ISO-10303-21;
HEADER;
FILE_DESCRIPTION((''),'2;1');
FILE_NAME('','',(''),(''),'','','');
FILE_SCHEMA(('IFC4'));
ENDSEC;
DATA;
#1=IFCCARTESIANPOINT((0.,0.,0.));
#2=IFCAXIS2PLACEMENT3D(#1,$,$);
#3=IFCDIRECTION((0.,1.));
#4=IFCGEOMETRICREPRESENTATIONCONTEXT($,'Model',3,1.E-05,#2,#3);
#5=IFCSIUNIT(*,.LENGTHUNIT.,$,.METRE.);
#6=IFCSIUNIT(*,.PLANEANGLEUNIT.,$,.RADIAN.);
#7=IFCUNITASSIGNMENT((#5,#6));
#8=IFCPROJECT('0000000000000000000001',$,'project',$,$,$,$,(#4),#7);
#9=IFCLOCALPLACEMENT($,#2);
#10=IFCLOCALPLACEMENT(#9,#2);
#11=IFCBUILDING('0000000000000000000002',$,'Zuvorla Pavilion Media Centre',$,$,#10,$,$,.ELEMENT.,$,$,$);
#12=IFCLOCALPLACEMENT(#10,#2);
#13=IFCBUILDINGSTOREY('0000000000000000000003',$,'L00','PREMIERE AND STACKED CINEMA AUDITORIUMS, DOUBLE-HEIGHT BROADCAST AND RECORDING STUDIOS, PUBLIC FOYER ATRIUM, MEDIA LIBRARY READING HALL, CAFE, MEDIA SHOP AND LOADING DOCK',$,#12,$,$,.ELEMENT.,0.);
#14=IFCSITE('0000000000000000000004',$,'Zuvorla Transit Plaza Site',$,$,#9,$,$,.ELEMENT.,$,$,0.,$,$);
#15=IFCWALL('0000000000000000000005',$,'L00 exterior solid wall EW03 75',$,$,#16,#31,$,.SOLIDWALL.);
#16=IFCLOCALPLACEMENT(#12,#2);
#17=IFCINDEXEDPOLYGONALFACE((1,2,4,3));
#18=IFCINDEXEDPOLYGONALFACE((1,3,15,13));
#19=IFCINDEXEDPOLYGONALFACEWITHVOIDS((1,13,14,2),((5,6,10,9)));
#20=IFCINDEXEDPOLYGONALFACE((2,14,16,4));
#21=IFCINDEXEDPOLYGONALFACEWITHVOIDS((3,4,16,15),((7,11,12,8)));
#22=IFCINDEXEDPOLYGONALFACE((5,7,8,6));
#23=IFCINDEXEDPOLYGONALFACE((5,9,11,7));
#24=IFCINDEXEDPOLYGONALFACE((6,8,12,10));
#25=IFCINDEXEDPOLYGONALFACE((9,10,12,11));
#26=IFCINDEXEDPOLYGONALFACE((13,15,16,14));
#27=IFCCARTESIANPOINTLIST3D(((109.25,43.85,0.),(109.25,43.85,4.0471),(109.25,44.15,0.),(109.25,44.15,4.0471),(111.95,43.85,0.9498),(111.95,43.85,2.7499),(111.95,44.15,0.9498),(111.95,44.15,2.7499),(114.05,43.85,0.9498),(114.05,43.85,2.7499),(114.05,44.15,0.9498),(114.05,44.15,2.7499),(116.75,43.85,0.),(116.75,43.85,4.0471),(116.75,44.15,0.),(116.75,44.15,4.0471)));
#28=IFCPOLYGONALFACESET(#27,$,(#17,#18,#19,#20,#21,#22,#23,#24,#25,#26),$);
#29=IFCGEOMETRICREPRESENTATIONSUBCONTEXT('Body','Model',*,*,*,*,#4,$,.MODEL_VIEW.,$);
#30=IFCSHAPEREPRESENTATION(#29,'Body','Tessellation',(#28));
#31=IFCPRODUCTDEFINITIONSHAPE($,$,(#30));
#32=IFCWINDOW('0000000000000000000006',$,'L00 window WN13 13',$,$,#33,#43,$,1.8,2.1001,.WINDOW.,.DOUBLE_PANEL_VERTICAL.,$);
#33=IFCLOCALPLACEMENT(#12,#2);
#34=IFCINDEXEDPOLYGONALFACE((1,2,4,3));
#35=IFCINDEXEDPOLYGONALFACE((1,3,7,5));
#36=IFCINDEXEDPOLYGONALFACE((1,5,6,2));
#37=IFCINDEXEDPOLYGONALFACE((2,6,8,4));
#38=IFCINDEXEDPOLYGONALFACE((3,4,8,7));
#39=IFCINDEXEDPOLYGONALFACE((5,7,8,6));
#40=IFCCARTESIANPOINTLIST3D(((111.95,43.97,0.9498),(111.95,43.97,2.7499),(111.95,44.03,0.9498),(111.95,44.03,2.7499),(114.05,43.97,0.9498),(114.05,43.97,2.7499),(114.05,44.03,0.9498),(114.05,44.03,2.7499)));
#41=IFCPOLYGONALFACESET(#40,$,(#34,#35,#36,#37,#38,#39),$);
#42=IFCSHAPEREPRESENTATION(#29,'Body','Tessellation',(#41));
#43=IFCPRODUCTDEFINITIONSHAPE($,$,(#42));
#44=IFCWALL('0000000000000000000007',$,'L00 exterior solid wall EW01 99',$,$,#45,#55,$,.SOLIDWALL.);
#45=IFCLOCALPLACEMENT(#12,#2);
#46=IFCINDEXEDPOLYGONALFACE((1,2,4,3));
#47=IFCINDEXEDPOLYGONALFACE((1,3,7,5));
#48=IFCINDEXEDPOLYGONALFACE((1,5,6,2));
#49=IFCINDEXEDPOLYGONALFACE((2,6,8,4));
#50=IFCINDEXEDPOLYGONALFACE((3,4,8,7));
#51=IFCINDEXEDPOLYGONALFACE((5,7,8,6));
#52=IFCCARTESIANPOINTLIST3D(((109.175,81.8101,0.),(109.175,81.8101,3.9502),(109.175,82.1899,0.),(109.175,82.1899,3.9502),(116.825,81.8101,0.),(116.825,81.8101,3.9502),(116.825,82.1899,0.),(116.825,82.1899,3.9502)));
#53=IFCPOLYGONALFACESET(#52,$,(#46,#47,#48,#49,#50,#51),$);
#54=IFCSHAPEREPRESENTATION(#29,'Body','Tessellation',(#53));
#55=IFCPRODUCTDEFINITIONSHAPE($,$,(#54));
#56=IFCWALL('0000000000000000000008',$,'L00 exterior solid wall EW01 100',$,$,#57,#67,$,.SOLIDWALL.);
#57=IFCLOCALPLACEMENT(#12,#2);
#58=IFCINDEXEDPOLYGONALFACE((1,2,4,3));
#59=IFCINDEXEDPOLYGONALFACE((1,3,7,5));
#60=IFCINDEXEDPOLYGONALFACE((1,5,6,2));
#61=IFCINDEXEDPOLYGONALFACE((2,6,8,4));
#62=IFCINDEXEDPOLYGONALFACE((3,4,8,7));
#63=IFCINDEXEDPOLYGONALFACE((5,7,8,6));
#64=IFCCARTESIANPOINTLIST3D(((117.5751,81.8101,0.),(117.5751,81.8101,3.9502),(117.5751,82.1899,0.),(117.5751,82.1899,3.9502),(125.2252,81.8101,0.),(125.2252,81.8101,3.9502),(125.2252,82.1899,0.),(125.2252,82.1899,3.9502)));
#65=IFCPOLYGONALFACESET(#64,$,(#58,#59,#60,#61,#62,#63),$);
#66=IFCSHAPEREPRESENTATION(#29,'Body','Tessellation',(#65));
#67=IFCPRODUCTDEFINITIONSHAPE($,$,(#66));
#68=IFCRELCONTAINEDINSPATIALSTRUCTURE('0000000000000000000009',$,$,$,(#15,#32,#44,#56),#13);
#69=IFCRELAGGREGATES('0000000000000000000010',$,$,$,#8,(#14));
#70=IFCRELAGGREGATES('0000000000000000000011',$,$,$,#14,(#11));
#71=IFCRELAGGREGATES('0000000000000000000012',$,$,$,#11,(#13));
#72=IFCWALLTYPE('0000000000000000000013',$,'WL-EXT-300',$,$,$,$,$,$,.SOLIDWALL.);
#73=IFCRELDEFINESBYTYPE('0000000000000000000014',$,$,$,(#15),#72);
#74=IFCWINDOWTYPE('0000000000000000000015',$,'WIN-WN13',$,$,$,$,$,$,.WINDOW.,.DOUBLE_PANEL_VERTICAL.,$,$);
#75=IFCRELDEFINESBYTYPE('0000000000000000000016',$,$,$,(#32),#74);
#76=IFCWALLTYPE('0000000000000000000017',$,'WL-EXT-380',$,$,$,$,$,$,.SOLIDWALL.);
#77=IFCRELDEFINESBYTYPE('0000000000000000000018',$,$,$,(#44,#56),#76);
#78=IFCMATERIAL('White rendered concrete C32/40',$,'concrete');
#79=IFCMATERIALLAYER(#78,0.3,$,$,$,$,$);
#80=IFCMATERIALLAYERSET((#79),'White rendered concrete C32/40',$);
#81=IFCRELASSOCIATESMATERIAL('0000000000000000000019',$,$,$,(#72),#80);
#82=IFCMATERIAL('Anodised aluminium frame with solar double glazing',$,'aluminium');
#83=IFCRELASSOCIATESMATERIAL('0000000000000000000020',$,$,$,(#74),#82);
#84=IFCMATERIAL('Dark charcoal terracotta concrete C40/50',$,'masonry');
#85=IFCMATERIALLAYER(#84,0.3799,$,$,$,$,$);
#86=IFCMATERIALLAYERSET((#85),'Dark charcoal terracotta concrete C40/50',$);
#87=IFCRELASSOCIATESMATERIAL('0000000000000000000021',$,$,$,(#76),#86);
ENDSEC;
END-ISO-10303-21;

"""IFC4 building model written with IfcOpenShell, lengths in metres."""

from ifc_helpers import new_model, si_unit, direction, frame, frame_2d, origin, place, context, subcontext, project, spatial, rectangle, extrude, material, layer, layer_set, type_object, element, fill, save


model = new_model("IFC4")

# Units and contexts
model_context = context("Model", 3, precision=1e-05, world=origin(), true_north=direction((0.0, 1.0)))
body_context = subcontext(model_context, "Body", "Model", "MODEL_VIEW")
ifc_project = project(units=[si_unit("LENGTHUNIT", "METRE"), si_unit("PLANEANGLEUNIT", "RADIAN")], contexts=[model_context])

# Site, building, storey
site_placement = place(None, origin())
site = spatial("IfcSite", under=ifc_project, at=site_placement, Name="Zuvorla Transit Plaza Site", CompositionType="ELEMENT", RefElevation=0.0)
building_placement = place(site_placement, origin())
building = spatial("IfcBuilding", under=site, at=building_placement, Name="Zuvorla Pavilion Media Centre", CompositionType="ELEMENT")
storey_placement = place(building_placement, origin())
storey = spatial("IfcBuildingStorey", under=building, at=storey_placement, Name="L00", Description="PREMIERE AND STACKED CINEMA AUDITORIUMS, DOUBLE-HEIGHT BROADCAST AND RECORDING STUDIOS, PUBLIC FOYER ATRIUM, MEDIA LIBRARY READING HALL, CAFE, MEDIA SHOP AND LOADING DOCK", CompositionType="ELEMENT", Elevation=0.0)

# Wall, opening, window
ifc_material_1 = material(Name="White rendered concrete C32/40", Category="concrete")
ifc_layer_1 = layer(ifc_material_1, 0.3)
ifc_layer_set_1 = layer_set([ifc_layer_1], Name="White rendered concrete C32/40")
wall_type_1 = type_object("IfcWallType", Name="WL-EXT-300", PredefinedType="SOLIDWALL", material=ifc_layer_set_1)
ifc_material_2 = material(Name="Anodised aluminium frame with solar double glazing", Category="aluminium")
wall_1_placement = place(storey_placement, frame((116.75, 44.0, 0.0), z_axis=(0.0, 0.0, 1.0), x_axis=(-1.0, 0.0, 0.0)))
wall_1 = element("IfcWall", 1, at=wall_1_placement, inside=storey, type_object=wall_type_1, Name="L00 exterior solid wall EW03 75", PredefinedType="SOLIDWALL", context=body_context, shape_type="SweptSolid", body=[
    extrude(rectangle(XDim=7.5, YDim=0.3, at=frame_2d((3.75, 0.0))), origin(), (0.0, 0.0, 1.0), 4.0471),
])
opening_1_placement = place(wall_1_placement, frame((2.7, 0.0, 0.95)))
opening_1 = element("IfcOpeningElement", 2, at=opening_1_placement, cuts=wall_1, PredefinedType="OPENING", context=body_context, shape_type="SweptSolid", body=[
    extrude(rectangle(XDim=2.1001, YDim=1.8, at=frame_2d((1.05, 0.8999))), frame((0.0, 0.1599, 0.0), z_axis=(0.0, -1.0, 0.0), x_axis=(1.0, 0.0, 0.0)), (0.0, 0.0, 1.0), 0.3201),
])
window_type_1 = type_object("IfcWindowType", Name="WIN-WN13", PartitioningType="DOUBLE_PANEL_VERTICAL", PredefinedType="WINDOW", material=ifc_material_2)
window_1_placement = place(opening_1_placement, origin())
window_1 = element("IfcWindow", 3, at=window_1_placement, inside=storey, type_object=window_type_1, Name="L00 window WN13 13", OverallHeight=1.8, OverallWidth=2.1001, PartitioningType="DOUBLE_PANEL_VERTICAL", PredefinedType="WINDOW", context=body_context, shape_type="SweptSolid", body=[
    extrude(rectangle(XDim=2.1001, YDim=1.8, at=frame_2d((1.05, 0.8999))), frame((0.0, 0.03, 0.0), z_axis=(0.0, -1.0, 0.0), x_axis=(1.0, 0.0, 0.0)), (0.0, 0.0, 1.0), 0.0601),
])
fill(opening_1, window_1)

# Walls
ifc_material_3 = material(Name="Dark charcoal terracotta concrete C40/50", Category="masonry")
ifc_layer_2 = layer(ifc_material_3, 0.3799)
ifc_layer_set_2 = layer_set([ifc_layer_2], Name="Dark charcoal terracotta concrete C40/50")
wall_type_2 = type_object("IfcWallType", Name="WL-EXT-380", PredefinedType="SOLIDWALL", material=ifc_layer_set_2)
wall_2_placement = place(storey_placement, frame((109.175, 82.0, 0.0), z_axis=(0.0, 0.0, 1.0), x_axis=(1.0, 0.0, 0.0)))
element("IfcWall", 4, at=wall_2_placement, inside=storey, type_object=wall_type_2, Name="L00 exterior solid wall EW01 99", PredefinedType="SOLIDWALL", context=body_context, shape_type="SweptSolid", body=[
    extrude(rectangle(XDim=7.6499, YDim=0.3799, at=frame_2d((3.825, 0.0))), origin(), (0.0, 0.0, 1.0), 3.9502),
])
wall_3_placement = place(storey_placement, frame((117.575, 82.0, 0.0), z_axis=(0.0, 0.0, 1.0), x_axis=(1.0, 0.0, 0.0)))
element("IfcWall", 5, at=wall_3_placement, inside=storey, type_object=wall_type_2, Name="L00 exterior solid wall EW01 100", PredefinedType="SOLIDWALL", context=body_context, shape_type="SweptSolid", body=[
    extrude(rectangle(XDim=7.6501, YDim=0.3799, at=frame_2d((3.8252, 0.0))), origin(), (0.0, 0.0, 1.0), 3.9502),
])

save(model, "model.ifc")
